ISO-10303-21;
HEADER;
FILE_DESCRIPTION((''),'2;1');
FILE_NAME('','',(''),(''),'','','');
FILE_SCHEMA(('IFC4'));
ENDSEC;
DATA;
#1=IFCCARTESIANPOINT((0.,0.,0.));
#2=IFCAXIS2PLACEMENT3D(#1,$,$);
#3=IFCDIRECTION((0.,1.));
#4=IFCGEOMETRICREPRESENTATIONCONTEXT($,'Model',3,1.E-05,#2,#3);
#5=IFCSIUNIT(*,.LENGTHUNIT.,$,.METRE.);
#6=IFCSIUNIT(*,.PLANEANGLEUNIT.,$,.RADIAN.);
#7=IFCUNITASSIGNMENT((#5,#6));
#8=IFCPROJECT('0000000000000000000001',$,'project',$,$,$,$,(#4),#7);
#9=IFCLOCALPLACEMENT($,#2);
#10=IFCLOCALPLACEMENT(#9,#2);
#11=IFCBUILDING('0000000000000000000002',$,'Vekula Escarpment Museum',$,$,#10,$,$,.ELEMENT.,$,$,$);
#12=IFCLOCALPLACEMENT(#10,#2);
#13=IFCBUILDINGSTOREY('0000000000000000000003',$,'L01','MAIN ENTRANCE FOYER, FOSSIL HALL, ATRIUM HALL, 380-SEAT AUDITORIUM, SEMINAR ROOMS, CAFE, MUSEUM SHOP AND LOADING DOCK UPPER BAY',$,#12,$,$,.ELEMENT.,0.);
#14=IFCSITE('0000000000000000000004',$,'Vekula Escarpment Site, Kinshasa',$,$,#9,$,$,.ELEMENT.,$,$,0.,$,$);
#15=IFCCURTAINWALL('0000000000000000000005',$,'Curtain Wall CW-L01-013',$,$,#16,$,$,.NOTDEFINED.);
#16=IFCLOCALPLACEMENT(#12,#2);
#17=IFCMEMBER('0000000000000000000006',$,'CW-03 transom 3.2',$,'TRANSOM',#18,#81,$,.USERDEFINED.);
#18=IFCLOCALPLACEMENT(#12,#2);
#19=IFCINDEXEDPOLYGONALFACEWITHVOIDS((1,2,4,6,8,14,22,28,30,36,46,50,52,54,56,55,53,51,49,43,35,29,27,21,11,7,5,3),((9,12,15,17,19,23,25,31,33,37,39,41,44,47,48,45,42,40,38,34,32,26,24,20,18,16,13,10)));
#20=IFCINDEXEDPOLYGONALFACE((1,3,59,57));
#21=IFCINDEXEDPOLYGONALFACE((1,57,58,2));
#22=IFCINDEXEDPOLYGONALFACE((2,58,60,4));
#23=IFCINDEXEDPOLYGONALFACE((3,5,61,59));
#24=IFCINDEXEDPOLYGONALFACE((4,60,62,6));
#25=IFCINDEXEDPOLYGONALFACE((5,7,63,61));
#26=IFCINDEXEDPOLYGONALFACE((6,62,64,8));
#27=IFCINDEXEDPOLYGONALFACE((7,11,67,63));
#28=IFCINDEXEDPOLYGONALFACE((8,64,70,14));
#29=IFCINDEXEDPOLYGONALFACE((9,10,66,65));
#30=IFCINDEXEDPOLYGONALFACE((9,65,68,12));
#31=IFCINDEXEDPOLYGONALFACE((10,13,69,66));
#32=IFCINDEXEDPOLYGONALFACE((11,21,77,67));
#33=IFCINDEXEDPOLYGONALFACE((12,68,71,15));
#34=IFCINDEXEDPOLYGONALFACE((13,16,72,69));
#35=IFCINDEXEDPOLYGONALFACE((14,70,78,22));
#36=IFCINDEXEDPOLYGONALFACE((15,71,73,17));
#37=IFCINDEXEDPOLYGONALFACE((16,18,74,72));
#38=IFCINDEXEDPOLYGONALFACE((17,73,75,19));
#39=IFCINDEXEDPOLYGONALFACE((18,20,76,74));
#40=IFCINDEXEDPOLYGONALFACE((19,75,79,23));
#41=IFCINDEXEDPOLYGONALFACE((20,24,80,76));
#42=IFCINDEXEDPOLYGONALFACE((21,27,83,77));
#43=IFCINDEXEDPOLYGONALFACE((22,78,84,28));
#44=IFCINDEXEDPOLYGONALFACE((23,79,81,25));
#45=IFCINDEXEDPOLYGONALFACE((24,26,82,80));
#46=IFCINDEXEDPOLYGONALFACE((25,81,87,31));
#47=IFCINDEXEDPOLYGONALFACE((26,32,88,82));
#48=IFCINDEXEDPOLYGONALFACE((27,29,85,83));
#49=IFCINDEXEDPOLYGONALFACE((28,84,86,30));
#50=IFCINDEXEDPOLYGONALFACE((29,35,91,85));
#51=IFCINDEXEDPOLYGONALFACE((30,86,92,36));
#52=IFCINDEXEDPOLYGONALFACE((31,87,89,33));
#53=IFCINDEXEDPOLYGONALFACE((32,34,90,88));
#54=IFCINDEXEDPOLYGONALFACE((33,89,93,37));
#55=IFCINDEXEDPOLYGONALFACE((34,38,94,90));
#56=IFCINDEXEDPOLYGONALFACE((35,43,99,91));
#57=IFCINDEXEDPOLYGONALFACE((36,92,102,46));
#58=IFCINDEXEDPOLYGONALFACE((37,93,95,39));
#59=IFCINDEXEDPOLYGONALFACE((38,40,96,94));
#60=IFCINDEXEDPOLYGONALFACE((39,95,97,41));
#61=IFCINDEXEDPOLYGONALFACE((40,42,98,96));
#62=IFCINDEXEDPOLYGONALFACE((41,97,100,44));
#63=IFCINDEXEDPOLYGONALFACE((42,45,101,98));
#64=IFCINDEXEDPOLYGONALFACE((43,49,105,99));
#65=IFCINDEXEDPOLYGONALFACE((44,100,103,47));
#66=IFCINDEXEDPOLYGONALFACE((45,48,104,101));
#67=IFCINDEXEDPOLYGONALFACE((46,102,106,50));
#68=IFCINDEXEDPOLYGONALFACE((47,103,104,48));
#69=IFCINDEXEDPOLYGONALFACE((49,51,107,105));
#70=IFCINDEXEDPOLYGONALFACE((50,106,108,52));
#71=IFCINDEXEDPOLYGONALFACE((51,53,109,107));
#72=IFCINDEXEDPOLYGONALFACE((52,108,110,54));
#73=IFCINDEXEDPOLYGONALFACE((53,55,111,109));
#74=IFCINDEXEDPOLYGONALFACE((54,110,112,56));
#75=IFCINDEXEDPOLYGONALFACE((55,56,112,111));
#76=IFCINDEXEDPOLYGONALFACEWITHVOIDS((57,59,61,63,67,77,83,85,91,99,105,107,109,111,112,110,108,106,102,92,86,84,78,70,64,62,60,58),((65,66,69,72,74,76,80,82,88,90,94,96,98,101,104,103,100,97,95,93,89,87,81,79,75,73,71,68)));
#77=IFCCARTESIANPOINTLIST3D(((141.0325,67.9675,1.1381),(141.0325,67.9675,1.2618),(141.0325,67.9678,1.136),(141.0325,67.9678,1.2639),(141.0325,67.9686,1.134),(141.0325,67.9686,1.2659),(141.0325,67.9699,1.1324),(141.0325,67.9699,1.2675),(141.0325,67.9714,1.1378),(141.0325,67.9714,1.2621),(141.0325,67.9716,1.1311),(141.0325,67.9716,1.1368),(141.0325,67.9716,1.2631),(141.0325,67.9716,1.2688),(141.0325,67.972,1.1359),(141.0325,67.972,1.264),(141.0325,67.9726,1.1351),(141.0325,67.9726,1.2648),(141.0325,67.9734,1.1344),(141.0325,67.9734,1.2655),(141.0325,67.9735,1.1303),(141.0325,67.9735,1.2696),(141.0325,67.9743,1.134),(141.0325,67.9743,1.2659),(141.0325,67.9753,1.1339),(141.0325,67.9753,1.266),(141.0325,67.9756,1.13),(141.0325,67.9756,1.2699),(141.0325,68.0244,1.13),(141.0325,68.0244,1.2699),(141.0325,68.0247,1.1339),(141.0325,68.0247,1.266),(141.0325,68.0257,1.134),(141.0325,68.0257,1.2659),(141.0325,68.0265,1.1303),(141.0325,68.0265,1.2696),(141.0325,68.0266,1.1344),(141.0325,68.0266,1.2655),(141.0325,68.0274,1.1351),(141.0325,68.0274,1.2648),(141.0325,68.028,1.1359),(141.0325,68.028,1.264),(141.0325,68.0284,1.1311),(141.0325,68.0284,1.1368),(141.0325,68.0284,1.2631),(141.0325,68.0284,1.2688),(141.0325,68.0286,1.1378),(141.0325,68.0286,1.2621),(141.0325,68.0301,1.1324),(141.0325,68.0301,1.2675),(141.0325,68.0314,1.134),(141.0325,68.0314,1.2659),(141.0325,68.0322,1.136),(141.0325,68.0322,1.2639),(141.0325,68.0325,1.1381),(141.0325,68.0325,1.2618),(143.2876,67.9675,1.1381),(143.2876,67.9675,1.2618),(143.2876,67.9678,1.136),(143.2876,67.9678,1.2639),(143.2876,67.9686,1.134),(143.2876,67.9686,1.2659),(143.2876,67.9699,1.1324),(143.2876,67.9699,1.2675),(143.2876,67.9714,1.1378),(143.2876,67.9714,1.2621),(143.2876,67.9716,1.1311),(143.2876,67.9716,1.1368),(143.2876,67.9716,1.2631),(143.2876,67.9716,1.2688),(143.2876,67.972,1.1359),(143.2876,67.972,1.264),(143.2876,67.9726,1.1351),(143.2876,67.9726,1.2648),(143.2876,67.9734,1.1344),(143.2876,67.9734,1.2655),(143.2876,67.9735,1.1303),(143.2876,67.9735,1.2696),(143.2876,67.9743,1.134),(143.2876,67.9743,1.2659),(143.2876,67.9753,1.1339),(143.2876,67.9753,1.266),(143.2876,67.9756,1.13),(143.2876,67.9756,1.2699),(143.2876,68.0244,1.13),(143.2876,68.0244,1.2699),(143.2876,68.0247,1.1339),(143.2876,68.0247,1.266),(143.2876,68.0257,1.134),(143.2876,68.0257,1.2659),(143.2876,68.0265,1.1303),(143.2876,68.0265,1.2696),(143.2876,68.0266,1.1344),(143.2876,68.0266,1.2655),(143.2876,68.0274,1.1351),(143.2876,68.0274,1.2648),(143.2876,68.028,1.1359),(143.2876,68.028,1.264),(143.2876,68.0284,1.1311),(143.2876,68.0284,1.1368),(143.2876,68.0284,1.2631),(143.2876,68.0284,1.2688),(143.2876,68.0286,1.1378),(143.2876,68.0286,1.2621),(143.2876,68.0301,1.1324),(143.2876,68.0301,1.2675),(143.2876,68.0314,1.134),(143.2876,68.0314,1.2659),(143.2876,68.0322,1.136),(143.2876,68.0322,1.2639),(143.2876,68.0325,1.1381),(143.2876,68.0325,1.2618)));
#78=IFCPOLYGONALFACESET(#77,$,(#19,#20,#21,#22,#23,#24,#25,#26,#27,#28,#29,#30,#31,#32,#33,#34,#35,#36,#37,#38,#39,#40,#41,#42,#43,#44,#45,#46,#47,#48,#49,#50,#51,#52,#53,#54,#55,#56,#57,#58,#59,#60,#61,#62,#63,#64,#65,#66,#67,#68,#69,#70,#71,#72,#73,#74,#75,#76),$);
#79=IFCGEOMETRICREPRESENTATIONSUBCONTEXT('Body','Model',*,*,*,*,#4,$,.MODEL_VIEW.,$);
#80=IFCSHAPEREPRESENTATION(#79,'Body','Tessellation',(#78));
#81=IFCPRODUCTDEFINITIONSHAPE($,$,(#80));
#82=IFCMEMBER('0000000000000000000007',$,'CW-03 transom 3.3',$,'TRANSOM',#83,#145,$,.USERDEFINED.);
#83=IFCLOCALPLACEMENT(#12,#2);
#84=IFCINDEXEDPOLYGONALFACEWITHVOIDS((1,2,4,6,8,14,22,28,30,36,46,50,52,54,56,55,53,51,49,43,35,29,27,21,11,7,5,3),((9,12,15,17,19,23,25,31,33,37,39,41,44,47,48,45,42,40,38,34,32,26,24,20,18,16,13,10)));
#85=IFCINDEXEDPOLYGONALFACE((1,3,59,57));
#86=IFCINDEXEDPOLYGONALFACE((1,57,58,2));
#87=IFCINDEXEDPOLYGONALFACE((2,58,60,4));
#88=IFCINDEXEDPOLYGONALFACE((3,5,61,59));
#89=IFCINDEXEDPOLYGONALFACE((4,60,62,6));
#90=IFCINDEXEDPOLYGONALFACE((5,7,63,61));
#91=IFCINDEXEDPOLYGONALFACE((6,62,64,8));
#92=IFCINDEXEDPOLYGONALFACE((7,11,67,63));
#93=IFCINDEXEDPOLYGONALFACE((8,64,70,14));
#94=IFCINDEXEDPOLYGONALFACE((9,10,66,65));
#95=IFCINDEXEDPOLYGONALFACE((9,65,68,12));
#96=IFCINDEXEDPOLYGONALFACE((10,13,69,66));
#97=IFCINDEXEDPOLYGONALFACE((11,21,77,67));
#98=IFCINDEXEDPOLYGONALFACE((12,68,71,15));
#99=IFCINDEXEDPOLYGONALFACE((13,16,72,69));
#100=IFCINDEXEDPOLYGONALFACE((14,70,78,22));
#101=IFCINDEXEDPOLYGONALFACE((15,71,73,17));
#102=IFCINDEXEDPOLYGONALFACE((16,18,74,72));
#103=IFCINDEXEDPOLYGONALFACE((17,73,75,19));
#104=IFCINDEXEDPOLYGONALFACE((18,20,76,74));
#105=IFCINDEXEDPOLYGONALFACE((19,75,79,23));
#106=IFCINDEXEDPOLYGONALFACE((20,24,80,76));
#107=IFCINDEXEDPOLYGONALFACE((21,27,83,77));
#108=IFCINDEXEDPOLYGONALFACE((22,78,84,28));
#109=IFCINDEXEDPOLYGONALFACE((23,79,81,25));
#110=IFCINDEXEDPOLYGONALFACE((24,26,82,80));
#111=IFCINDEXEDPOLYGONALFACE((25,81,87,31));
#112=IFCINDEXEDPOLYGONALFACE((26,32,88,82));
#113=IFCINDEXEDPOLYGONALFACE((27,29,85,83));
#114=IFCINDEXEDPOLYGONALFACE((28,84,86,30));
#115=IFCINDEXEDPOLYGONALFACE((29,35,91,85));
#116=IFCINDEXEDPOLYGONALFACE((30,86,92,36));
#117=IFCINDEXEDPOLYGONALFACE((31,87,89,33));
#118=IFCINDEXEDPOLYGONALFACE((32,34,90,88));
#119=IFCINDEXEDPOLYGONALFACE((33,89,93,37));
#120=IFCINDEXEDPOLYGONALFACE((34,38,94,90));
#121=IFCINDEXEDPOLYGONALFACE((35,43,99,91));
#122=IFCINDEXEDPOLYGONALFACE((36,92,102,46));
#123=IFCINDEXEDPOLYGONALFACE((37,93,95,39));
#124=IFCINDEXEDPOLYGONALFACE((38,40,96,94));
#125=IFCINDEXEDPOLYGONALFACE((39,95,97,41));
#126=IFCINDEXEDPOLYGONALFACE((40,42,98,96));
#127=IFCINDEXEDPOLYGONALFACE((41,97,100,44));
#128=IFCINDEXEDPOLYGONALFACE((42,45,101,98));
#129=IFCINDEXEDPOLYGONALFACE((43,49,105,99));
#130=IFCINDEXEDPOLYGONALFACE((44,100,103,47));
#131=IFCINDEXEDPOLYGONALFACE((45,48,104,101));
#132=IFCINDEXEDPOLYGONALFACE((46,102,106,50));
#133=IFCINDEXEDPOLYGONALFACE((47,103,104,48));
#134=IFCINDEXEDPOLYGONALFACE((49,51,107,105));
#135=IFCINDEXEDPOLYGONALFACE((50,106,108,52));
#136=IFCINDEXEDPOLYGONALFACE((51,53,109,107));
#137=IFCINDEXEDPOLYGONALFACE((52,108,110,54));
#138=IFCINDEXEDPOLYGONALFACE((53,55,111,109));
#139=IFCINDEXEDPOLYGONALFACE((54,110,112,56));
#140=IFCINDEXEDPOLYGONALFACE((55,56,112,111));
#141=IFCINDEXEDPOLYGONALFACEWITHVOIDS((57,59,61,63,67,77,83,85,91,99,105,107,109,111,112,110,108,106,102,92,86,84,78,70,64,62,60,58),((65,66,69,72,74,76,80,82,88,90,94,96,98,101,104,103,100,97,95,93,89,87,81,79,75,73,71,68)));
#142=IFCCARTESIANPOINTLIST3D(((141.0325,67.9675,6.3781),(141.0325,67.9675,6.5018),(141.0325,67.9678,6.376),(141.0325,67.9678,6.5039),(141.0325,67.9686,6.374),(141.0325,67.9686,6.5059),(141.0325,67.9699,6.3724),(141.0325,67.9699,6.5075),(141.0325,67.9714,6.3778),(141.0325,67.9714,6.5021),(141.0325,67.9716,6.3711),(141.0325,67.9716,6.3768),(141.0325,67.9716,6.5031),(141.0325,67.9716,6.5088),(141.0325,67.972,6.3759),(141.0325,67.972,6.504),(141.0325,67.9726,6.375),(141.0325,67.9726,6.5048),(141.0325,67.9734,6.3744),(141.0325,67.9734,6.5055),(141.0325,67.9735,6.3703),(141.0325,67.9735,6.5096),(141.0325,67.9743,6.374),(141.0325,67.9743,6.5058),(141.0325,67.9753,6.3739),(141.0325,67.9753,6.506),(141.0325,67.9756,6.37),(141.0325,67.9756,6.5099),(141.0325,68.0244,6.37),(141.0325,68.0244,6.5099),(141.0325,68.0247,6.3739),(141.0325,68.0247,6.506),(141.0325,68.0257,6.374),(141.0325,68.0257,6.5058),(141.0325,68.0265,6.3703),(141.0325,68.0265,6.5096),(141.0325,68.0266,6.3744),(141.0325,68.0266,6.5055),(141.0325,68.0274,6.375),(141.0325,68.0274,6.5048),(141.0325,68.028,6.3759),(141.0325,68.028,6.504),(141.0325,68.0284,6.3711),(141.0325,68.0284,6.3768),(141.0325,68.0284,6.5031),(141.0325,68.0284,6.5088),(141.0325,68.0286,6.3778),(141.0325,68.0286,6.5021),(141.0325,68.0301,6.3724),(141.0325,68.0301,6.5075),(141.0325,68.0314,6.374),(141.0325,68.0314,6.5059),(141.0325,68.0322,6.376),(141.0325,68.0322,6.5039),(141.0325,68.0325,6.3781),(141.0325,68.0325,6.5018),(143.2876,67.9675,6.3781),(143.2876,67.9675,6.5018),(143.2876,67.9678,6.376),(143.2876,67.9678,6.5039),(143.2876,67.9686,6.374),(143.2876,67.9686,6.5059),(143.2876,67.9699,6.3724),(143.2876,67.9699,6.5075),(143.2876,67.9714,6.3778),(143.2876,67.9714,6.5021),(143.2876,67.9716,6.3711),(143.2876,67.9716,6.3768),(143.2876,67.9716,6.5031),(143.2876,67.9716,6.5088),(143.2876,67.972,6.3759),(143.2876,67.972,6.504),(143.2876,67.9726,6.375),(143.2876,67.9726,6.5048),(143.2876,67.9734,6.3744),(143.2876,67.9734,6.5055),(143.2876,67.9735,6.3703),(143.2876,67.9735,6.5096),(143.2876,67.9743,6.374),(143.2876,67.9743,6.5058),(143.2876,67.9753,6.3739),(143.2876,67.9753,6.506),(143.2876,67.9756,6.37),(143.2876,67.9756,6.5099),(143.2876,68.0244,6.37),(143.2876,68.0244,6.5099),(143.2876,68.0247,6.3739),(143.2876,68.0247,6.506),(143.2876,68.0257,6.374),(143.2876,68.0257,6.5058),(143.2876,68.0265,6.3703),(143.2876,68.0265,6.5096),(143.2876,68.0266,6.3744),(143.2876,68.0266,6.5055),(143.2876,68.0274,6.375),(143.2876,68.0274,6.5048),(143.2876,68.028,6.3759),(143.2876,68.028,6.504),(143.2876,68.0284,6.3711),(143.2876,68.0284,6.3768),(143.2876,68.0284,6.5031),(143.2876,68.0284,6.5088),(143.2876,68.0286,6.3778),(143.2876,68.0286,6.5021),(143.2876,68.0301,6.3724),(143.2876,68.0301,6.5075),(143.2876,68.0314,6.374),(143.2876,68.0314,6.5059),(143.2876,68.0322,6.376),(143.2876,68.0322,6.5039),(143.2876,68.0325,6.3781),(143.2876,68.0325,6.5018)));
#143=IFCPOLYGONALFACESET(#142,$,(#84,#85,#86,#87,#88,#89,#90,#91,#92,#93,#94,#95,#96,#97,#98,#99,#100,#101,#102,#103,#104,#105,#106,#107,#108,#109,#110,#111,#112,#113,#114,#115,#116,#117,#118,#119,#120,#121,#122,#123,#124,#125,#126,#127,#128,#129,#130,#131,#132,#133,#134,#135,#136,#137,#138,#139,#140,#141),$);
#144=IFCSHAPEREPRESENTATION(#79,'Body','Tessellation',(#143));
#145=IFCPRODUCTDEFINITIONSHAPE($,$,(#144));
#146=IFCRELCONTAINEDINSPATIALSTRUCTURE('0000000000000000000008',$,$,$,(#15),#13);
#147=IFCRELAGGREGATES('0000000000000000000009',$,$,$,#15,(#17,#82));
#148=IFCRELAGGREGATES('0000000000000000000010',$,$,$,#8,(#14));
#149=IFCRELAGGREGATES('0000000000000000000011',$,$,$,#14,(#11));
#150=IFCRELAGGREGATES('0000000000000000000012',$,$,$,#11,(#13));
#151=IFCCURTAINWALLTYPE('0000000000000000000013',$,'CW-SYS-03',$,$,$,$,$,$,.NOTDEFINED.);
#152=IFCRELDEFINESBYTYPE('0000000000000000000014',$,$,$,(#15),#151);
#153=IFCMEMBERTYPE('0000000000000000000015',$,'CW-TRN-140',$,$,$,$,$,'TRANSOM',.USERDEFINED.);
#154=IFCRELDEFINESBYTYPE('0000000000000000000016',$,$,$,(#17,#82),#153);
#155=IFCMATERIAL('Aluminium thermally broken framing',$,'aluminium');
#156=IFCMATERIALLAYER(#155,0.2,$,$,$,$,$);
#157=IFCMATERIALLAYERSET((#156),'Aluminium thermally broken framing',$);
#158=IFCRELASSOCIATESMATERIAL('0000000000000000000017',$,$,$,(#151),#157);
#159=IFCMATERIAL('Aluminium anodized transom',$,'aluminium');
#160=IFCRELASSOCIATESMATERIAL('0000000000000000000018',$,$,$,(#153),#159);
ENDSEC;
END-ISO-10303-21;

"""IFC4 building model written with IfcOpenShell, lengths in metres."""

from ifc_helpers import new_model, si_unit, direction, frame, origin, origin_2d, place, context, subcontext, project, spatial, hollow_rectangle, extrude, material, layer, layer_set, material_profile, profile_set, type_object, element, aggregate, save


model = new_model("IFC4")

# Units and contexts
model_context = context("Model", 3, precision=1e-05, world=origin(), true_north=direction((0.0, 1.0)))
body_context = subcontext(model_context, "Body", "Model", "MODEL_VIEW")
ifc_project = project(units=[si_unit("LENGTHUNIT", "METRE"), si_unit("PLANEANGLEUNIT", "RADIAN")], contexts=[model_context])

# Site, building, storey
site_placement = place(None, origin())
site = spatial("IfcSite", under=ifc_project, at=site_placement, Name="Vekula Escarpment Site, Kinshasa", CompositionType="ELEMENT", RefElevation=0.0)
building_placement = place(site_placement, origin())
building = spatial("IfcBuilding", under=site, at=building_placement, Name="Vekula Escarpment Museum", CompositionType="ELEMENT")
storey_placement = place(building_placement, origin())
storey = spatial("IfcBuildingStorey", under=building, at=storey_placement, Name="L01", Description="MAIN ENTRANCE FOYER, FOSSIL HALL, ATRIUM HALL, 380-SEAT AUDITORIUM, SEMINAR ROOMS, CAFE, MUSEUM SHOP AND LOADING DOCK UPPER BAY", CompositionType="ELEMENT", Elevation=0.0)

# Curtain wall, members
ifc_material_1 = material(Name="Aluminium thermally broken framing", Category="aluminium")
ifc_layer_1 = layer(ifc_material_1, 0.2)
ifc_layer_set_1 = layer_set([ifc_layer_1], Name="Aluminium thermally broken framing")
curtain_wall_type = type_object("IfcCurtainWallType", Name="CW-SYS-03", PredefinedType="NOTDEFINED", material=ifc_layer_set_1)
curtain_wall_placement = place(storey_placement, origin())
curtain_wall = element("IfcCurtainWall", 1, at=curtain_wall_placement, inside=storey, type_object=curtain_wall_type, Name="Curtain Wall CW-L01-013", PredefinedType="NOTDEFINED")
ifc_material_2 = material(Name="Aluminium anodized transom", Category="aluminium")
ifc_material_profile_1 = material_profile(ifc_material_2, hollow_rectangle(XDim=0.0649, YDim=0.1399, WallThickness=0.0039, InnerFilletRadius=0.0039, OuterFilletRadius=0.0081, at=origin_2d()), Name="ALU 140x65x4")
ifc_profile_set_1 = profile_set([ifc_material_profile_1], Name="Aluminium anodized transom")
member_type_1 = type_object("IfcMemberType", Name="CW-TRN-140", ElementType="TRANSOM", PredefinedType="USERDEFINED", material=ifc_profile_set_1)
member_1_placement = place(storey_placement, frame((141.0325, 68.0, 1.2), z_axis=(1.0, 0.0, 0.0), x_axis=(0.0, 1.0, 0.0)))
member_1 = element("IfcMember", 2, at=member_1_placement, type_object=member_type_1, Name="CW-03 transom 3.2", ObjectType="TRANSOM", PredefinedType="USERDEFINED", context=body_context, shape_type="SweptSolid", body=[
    extrude(hollow_rectangle(XDim=0.0649, YDim=0.1399, WallThickness=0.0039, InnerFilletRadius=0.0039, OuterFilletRadius=0.0081, at=origin_2d()), origin(), (0.0, 0.0, 1.0), 2.2551),
])
member_2_placement = place(storey_placement, frame((141.0325, 68.0, 6.4399), z_axis=(1.0, 0.0, 0.0), x_axis=(0.0, 1.0, 0.0)))
member_2 = element("IfcMember", 3, at=member_2_placement, type_object=member_type_1, Name="CW-03 transom 3.3", ObjectType="TRANSOM", PredefinedType="USERDEFINED", context=body_context, shape_type="SweptSolid", body=[
    extrude(hollow_rectangle(XDim=0.0649, YDim=0.1399, WallThickness=0.0039, InnerFilletRadius=0.0039, OuterFilletRadius=0.0081, at=origin_2d()), origin(), (0.0, 0.0, 1.0), 2.2551),
])
aggregate(curtain_wall, [member_1, member_2])

save(model, "model.ifc")
